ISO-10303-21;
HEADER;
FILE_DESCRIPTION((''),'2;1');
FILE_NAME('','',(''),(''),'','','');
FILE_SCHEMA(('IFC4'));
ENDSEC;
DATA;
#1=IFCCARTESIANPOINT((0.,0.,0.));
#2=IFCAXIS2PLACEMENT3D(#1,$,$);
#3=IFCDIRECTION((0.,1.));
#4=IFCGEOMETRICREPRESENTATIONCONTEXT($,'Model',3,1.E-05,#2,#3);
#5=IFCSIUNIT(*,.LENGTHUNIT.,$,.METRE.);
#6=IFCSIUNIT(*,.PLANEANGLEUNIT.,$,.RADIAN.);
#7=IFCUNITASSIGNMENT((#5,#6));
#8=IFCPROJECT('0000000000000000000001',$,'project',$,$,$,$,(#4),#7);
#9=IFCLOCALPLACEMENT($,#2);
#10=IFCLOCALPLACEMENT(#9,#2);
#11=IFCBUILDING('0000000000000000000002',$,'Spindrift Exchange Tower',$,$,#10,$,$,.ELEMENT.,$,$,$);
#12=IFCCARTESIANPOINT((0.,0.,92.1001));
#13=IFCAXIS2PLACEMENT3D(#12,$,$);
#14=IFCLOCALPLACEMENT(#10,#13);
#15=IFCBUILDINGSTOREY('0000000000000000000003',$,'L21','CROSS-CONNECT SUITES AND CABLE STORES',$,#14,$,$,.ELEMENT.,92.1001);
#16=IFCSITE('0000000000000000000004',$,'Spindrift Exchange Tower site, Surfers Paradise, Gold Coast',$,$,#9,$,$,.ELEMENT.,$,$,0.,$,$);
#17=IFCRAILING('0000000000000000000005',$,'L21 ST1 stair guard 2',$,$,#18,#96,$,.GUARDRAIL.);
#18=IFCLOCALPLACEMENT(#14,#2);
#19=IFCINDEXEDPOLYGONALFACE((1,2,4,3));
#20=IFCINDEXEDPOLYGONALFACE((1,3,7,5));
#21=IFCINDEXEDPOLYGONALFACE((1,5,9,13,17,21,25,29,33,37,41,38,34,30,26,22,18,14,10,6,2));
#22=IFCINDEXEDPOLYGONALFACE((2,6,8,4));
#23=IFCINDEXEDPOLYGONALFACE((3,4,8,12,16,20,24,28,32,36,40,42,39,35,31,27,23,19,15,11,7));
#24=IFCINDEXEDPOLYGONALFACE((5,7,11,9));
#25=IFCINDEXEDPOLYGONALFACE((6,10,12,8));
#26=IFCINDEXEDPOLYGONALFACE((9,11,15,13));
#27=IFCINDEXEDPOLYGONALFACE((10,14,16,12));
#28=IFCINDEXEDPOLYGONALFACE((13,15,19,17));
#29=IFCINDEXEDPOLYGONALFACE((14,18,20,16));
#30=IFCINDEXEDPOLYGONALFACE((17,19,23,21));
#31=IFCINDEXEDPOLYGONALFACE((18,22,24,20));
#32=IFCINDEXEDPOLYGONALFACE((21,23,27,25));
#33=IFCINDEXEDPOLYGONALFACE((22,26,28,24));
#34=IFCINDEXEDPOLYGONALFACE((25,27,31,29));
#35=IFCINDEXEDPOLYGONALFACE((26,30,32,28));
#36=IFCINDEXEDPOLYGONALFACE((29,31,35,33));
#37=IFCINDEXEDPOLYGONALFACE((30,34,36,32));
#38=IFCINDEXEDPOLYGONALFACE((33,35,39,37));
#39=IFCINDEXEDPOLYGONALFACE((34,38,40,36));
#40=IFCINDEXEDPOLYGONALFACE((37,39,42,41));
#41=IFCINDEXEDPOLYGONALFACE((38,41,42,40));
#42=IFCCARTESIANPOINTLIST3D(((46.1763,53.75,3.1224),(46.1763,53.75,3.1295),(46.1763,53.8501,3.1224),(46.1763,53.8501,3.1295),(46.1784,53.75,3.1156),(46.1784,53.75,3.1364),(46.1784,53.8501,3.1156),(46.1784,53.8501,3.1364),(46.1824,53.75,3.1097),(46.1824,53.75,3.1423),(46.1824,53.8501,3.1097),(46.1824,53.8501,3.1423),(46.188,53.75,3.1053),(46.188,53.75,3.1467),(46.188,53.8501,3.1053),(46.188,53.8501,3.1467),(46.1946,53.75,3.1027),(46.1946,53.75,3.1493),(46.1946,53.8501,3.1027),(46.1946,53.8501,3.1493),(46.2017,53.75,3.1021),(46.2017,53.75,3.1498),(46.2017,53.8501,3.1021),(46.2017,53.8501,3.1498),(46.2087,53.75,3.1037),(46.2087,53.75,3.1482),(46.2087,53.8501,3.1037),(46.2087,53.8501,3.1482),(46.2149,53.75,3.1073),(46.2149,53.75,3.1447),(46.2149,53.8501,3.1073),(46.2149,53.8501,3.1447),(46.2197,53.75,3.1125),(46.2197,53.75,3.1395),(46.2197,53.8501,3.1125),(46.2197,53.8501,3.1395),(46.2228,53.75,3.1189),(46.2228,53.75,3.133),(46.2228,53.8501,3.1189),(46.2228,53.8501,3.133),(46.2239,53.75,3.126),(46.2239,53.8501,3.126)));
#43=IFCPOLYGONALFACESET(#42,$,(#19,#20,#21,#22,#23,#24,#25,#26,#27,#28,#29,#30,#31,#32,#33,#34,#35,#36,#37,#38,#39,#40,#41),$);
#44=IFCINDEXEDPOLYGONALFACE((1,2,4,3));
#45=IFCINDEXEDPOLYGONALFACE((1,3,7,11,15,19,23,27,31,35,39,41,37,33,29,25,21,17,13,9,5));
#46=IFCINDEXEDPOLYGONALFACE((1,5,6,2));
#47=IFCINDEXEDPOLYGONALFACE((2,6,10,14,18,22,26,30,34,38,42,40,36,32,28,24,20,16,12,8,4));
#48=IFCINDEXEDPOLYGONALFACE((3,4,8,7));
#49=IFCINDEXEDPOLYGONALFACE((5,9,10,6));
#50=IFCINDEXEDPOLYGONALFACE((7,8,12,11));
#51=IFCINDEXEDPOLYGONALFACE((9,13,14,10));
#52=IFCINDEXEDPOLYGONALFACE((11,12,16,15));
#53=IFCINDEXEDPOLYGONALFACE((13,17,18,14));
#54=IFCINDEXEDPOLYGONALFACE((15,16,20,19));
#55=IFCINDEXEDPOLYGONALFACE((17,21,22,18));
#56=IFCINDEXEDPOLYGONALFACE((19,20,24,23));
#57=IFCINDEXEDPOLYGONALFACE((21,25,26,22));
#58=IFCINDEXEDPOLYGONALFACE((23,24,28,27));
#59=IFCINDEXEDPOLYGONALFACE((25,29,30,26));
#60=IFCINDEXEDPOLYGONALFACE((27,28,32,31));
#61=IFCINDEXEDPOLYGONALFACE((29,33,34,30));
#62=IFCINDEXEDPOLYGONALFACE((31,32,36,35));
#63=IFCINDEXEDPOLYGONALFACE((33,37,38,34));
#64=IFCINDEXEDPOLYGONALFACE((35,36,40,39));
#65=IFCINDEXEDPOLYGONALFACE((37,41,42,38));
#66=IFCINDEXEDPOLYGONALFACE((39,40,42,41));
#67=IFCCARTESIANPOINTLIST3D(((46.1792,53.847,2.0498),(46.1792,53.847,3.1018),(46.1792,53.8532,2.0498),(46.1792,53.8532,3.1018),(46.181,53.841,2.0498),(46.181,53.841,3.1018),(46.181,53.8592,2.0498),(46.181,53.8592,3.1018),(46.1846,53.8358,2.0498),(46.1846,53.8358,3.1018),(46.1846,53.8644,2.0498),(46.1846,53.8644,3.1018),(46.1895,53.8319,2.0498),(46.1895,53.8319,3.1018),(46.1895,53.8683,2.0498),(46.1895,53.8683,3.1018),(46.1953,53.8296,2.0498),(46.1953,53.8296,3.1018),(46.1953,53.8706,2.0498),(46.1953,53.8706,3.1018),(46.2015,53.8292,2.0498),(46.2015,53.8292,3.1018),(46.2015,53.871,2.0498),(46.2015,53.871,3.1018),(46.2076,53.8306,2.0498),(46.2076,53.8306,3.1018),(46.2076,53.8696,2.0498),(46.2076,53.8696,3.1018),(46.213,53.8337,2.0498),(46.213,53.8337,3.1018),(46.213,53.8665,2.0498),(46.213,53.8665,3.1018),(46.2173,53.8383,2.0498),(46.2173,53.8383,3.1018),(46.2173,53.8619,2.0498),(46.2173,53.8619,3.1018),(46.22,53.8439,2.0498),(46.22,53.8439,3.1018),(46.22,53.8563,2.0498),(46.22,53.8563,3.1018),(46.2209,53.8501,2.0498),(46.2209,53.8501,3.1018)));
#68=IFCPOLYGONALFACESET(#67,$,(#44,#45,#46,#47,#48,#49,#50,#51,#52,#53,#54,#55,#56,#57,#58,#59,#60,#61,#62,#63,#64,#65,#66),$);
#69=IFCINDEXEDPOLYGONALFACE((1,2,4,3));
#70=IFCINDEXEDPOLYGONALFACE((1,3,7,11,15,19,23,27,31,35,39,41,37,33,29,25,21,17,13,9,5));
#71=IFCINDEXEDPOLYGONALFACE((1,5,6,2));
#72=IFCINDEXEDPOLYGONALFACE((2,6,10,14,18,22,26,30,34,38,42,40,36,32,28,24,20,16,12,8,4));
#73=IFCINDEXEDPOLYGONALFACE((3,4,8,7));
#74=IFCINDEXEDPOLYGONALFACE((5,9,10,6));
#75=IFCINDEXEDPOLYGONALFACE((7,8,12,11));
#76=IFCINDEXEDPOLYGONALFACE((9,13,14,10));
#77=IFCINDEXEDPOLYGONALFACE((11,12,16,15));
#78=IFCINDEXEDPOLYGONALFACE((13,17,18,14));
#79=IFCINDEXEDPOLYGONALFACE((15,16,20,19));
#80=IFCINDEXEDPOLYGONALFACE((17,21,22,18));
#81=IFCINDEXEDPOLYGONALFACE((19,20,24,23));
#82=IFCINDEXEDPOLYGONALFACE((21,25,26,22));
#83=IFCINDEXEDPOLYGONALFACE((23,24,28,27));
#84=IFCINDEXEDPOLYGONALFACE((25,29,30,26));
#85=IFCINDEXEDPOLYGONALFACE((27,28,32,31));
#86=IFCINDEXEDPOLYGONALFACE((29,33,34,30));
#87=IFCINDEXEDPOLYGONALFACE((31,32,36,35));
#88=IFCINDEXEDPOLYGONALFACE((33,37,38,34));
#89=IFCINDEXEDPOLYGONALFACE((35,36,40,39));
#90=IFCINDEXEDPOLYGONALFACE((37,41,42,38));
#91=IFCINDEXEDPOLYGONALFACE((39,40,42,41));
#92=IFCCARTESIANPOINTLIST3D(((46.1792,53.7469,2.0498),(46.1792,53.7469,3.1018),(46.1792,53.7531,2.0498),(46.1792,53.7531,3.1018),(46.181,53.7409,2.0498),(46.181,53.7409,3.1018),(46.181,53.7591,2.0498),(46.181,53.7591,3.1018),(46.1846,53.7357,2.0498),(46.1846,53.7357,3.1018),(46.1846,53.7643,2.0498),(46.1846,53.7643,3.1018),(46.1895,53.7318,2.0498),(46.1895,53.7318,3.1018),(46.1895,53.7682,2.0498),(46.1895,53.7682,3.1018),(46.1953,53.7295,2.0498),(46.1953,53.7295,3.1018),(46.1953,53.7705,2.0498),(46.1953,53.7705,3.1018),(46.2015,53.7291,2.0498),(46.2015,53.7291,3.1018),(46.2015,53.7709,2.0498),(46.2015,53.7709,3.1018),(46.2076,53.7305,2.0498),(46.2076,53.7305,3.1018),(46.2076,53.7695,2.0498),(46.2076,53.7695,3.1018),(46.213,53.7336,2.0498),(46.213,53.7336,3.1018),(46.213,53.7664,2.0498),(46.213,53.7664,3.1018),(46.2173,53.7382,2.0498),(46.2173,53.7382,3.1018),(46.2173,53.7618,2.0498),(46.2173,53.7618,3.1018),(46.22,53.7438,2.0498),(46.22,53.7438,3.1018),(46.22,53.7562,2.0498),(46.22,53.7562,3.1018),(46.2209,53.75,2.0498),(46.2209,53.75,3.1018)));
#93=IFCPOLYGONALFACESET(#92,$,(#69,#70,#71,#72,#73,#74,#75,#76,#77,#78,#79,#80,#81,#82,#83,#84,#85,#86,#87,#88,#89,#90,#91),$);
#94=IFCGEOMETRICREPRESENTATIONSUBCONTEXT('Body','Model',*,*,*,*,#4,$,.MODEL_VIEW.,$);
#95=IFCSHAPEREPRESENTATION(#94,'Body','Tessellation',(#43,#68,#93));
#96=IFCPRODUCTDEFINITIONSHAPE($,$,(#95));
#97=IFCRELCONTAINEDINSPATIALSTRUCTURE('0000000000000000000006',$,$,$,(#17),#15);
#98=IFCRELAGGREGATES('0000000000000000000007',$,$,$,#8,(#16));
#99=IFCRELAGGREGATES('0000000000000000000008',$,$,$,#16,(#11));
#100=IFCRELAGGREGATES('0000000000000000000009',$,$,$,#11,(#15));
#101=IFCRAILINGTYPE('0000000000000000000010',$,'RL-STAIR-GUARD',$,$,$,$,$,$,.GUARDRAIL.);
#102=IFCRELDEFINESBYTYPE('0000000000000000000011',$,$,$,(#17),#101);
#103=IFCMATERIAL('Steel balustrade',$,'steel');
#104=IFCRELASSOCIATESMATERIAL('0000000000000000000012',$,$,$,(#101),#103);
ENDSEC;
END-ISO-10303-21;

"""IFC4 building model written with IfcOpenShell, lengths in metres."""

from ifc_helpers import new_model, si_unit, direction, frame, origin, origin_2d, place, context, subcontext, project, spatial, circle, extrude, material, type_object, element, save


model = new_model("IFC4")

# Units and contexts
model_context = context("Model", 3, precision=1e-05, world=origin(), true_north=direction((0.0, 1.0)))
body_context = subcontext(model_context, "Body", "Model", "MODEL_VIEW")
ifc_project = project(units=[si_unit("LENGTHUNIT", "METRE"), si_unit("PLANEANGLEUNIT", "RADIAN")], contexts=[model_context])

# Site, building, storey
site_placement = place(None, origin())
site = spatial("IfcSite", under=ifc_project, at=site_placement, Name="Spindrift Exchange Tower site, Surfers Paradise, Gold Coast", CompositionType="ELEMENT", RefElevation=0.0)
building_placement = place(site_placement, origin())
building = spatial("IfcBuilding", under=site, at=building_placement, Name="Spindrift Exchange Tower", CompositionType="ELEMENT")
storey_placement = place(building_placement, frame((0.0, 0.0, 92.1001)))
storey = spatial("IfcBuildingStorey", under=building, at=storey_placement, Name="L21", Description="CROSS-CONNECT SUITES AND CABLE STORES", CompositionType="ELEMENT", Elevation=92.1001)

# Railing
ifc_material_1 = material(Name="Steel balustrade", Category="steel")
railing_type_1 = type_object("IfcRailingType", Name="RL-STAIR-GUARD", PredefinedType="GUARDRAIL", material=ifc_material_1)
railing_1_placement = place(storey_placement, frame((46.2, 53.8501, 2.0498)))
element("IfcRailing", 1, at=railing_1_placement, inside=storey, type_object=railing_type_1, Name="L21 ST1 stair guard 2", PredefinedType="GUARDRAIL", context=body_context, shape_type="SweptSolid", body=[
    extrude(circle(Radius=0.0239, at=origin_2d()), frame((0.0, 0.0, 1.0762), z_axis=(0.0, -1.0, 0.0), x_axis=(1.0, 0.0, 0.0)), (0.0, 0.0, 1.0), 0.1001),
    extrude(circle(Radius=0.021, at=origin_2d()), origin(), (0.0, 0.0, 1.0), 1.052),
    extrude(circle(Radius=0.021, at=origin_2d()), frame((0.0, -0.1001, 0.0)), (0.0, 0.0, 1.0), 1.052),
])

save(model, "model.ifc")
